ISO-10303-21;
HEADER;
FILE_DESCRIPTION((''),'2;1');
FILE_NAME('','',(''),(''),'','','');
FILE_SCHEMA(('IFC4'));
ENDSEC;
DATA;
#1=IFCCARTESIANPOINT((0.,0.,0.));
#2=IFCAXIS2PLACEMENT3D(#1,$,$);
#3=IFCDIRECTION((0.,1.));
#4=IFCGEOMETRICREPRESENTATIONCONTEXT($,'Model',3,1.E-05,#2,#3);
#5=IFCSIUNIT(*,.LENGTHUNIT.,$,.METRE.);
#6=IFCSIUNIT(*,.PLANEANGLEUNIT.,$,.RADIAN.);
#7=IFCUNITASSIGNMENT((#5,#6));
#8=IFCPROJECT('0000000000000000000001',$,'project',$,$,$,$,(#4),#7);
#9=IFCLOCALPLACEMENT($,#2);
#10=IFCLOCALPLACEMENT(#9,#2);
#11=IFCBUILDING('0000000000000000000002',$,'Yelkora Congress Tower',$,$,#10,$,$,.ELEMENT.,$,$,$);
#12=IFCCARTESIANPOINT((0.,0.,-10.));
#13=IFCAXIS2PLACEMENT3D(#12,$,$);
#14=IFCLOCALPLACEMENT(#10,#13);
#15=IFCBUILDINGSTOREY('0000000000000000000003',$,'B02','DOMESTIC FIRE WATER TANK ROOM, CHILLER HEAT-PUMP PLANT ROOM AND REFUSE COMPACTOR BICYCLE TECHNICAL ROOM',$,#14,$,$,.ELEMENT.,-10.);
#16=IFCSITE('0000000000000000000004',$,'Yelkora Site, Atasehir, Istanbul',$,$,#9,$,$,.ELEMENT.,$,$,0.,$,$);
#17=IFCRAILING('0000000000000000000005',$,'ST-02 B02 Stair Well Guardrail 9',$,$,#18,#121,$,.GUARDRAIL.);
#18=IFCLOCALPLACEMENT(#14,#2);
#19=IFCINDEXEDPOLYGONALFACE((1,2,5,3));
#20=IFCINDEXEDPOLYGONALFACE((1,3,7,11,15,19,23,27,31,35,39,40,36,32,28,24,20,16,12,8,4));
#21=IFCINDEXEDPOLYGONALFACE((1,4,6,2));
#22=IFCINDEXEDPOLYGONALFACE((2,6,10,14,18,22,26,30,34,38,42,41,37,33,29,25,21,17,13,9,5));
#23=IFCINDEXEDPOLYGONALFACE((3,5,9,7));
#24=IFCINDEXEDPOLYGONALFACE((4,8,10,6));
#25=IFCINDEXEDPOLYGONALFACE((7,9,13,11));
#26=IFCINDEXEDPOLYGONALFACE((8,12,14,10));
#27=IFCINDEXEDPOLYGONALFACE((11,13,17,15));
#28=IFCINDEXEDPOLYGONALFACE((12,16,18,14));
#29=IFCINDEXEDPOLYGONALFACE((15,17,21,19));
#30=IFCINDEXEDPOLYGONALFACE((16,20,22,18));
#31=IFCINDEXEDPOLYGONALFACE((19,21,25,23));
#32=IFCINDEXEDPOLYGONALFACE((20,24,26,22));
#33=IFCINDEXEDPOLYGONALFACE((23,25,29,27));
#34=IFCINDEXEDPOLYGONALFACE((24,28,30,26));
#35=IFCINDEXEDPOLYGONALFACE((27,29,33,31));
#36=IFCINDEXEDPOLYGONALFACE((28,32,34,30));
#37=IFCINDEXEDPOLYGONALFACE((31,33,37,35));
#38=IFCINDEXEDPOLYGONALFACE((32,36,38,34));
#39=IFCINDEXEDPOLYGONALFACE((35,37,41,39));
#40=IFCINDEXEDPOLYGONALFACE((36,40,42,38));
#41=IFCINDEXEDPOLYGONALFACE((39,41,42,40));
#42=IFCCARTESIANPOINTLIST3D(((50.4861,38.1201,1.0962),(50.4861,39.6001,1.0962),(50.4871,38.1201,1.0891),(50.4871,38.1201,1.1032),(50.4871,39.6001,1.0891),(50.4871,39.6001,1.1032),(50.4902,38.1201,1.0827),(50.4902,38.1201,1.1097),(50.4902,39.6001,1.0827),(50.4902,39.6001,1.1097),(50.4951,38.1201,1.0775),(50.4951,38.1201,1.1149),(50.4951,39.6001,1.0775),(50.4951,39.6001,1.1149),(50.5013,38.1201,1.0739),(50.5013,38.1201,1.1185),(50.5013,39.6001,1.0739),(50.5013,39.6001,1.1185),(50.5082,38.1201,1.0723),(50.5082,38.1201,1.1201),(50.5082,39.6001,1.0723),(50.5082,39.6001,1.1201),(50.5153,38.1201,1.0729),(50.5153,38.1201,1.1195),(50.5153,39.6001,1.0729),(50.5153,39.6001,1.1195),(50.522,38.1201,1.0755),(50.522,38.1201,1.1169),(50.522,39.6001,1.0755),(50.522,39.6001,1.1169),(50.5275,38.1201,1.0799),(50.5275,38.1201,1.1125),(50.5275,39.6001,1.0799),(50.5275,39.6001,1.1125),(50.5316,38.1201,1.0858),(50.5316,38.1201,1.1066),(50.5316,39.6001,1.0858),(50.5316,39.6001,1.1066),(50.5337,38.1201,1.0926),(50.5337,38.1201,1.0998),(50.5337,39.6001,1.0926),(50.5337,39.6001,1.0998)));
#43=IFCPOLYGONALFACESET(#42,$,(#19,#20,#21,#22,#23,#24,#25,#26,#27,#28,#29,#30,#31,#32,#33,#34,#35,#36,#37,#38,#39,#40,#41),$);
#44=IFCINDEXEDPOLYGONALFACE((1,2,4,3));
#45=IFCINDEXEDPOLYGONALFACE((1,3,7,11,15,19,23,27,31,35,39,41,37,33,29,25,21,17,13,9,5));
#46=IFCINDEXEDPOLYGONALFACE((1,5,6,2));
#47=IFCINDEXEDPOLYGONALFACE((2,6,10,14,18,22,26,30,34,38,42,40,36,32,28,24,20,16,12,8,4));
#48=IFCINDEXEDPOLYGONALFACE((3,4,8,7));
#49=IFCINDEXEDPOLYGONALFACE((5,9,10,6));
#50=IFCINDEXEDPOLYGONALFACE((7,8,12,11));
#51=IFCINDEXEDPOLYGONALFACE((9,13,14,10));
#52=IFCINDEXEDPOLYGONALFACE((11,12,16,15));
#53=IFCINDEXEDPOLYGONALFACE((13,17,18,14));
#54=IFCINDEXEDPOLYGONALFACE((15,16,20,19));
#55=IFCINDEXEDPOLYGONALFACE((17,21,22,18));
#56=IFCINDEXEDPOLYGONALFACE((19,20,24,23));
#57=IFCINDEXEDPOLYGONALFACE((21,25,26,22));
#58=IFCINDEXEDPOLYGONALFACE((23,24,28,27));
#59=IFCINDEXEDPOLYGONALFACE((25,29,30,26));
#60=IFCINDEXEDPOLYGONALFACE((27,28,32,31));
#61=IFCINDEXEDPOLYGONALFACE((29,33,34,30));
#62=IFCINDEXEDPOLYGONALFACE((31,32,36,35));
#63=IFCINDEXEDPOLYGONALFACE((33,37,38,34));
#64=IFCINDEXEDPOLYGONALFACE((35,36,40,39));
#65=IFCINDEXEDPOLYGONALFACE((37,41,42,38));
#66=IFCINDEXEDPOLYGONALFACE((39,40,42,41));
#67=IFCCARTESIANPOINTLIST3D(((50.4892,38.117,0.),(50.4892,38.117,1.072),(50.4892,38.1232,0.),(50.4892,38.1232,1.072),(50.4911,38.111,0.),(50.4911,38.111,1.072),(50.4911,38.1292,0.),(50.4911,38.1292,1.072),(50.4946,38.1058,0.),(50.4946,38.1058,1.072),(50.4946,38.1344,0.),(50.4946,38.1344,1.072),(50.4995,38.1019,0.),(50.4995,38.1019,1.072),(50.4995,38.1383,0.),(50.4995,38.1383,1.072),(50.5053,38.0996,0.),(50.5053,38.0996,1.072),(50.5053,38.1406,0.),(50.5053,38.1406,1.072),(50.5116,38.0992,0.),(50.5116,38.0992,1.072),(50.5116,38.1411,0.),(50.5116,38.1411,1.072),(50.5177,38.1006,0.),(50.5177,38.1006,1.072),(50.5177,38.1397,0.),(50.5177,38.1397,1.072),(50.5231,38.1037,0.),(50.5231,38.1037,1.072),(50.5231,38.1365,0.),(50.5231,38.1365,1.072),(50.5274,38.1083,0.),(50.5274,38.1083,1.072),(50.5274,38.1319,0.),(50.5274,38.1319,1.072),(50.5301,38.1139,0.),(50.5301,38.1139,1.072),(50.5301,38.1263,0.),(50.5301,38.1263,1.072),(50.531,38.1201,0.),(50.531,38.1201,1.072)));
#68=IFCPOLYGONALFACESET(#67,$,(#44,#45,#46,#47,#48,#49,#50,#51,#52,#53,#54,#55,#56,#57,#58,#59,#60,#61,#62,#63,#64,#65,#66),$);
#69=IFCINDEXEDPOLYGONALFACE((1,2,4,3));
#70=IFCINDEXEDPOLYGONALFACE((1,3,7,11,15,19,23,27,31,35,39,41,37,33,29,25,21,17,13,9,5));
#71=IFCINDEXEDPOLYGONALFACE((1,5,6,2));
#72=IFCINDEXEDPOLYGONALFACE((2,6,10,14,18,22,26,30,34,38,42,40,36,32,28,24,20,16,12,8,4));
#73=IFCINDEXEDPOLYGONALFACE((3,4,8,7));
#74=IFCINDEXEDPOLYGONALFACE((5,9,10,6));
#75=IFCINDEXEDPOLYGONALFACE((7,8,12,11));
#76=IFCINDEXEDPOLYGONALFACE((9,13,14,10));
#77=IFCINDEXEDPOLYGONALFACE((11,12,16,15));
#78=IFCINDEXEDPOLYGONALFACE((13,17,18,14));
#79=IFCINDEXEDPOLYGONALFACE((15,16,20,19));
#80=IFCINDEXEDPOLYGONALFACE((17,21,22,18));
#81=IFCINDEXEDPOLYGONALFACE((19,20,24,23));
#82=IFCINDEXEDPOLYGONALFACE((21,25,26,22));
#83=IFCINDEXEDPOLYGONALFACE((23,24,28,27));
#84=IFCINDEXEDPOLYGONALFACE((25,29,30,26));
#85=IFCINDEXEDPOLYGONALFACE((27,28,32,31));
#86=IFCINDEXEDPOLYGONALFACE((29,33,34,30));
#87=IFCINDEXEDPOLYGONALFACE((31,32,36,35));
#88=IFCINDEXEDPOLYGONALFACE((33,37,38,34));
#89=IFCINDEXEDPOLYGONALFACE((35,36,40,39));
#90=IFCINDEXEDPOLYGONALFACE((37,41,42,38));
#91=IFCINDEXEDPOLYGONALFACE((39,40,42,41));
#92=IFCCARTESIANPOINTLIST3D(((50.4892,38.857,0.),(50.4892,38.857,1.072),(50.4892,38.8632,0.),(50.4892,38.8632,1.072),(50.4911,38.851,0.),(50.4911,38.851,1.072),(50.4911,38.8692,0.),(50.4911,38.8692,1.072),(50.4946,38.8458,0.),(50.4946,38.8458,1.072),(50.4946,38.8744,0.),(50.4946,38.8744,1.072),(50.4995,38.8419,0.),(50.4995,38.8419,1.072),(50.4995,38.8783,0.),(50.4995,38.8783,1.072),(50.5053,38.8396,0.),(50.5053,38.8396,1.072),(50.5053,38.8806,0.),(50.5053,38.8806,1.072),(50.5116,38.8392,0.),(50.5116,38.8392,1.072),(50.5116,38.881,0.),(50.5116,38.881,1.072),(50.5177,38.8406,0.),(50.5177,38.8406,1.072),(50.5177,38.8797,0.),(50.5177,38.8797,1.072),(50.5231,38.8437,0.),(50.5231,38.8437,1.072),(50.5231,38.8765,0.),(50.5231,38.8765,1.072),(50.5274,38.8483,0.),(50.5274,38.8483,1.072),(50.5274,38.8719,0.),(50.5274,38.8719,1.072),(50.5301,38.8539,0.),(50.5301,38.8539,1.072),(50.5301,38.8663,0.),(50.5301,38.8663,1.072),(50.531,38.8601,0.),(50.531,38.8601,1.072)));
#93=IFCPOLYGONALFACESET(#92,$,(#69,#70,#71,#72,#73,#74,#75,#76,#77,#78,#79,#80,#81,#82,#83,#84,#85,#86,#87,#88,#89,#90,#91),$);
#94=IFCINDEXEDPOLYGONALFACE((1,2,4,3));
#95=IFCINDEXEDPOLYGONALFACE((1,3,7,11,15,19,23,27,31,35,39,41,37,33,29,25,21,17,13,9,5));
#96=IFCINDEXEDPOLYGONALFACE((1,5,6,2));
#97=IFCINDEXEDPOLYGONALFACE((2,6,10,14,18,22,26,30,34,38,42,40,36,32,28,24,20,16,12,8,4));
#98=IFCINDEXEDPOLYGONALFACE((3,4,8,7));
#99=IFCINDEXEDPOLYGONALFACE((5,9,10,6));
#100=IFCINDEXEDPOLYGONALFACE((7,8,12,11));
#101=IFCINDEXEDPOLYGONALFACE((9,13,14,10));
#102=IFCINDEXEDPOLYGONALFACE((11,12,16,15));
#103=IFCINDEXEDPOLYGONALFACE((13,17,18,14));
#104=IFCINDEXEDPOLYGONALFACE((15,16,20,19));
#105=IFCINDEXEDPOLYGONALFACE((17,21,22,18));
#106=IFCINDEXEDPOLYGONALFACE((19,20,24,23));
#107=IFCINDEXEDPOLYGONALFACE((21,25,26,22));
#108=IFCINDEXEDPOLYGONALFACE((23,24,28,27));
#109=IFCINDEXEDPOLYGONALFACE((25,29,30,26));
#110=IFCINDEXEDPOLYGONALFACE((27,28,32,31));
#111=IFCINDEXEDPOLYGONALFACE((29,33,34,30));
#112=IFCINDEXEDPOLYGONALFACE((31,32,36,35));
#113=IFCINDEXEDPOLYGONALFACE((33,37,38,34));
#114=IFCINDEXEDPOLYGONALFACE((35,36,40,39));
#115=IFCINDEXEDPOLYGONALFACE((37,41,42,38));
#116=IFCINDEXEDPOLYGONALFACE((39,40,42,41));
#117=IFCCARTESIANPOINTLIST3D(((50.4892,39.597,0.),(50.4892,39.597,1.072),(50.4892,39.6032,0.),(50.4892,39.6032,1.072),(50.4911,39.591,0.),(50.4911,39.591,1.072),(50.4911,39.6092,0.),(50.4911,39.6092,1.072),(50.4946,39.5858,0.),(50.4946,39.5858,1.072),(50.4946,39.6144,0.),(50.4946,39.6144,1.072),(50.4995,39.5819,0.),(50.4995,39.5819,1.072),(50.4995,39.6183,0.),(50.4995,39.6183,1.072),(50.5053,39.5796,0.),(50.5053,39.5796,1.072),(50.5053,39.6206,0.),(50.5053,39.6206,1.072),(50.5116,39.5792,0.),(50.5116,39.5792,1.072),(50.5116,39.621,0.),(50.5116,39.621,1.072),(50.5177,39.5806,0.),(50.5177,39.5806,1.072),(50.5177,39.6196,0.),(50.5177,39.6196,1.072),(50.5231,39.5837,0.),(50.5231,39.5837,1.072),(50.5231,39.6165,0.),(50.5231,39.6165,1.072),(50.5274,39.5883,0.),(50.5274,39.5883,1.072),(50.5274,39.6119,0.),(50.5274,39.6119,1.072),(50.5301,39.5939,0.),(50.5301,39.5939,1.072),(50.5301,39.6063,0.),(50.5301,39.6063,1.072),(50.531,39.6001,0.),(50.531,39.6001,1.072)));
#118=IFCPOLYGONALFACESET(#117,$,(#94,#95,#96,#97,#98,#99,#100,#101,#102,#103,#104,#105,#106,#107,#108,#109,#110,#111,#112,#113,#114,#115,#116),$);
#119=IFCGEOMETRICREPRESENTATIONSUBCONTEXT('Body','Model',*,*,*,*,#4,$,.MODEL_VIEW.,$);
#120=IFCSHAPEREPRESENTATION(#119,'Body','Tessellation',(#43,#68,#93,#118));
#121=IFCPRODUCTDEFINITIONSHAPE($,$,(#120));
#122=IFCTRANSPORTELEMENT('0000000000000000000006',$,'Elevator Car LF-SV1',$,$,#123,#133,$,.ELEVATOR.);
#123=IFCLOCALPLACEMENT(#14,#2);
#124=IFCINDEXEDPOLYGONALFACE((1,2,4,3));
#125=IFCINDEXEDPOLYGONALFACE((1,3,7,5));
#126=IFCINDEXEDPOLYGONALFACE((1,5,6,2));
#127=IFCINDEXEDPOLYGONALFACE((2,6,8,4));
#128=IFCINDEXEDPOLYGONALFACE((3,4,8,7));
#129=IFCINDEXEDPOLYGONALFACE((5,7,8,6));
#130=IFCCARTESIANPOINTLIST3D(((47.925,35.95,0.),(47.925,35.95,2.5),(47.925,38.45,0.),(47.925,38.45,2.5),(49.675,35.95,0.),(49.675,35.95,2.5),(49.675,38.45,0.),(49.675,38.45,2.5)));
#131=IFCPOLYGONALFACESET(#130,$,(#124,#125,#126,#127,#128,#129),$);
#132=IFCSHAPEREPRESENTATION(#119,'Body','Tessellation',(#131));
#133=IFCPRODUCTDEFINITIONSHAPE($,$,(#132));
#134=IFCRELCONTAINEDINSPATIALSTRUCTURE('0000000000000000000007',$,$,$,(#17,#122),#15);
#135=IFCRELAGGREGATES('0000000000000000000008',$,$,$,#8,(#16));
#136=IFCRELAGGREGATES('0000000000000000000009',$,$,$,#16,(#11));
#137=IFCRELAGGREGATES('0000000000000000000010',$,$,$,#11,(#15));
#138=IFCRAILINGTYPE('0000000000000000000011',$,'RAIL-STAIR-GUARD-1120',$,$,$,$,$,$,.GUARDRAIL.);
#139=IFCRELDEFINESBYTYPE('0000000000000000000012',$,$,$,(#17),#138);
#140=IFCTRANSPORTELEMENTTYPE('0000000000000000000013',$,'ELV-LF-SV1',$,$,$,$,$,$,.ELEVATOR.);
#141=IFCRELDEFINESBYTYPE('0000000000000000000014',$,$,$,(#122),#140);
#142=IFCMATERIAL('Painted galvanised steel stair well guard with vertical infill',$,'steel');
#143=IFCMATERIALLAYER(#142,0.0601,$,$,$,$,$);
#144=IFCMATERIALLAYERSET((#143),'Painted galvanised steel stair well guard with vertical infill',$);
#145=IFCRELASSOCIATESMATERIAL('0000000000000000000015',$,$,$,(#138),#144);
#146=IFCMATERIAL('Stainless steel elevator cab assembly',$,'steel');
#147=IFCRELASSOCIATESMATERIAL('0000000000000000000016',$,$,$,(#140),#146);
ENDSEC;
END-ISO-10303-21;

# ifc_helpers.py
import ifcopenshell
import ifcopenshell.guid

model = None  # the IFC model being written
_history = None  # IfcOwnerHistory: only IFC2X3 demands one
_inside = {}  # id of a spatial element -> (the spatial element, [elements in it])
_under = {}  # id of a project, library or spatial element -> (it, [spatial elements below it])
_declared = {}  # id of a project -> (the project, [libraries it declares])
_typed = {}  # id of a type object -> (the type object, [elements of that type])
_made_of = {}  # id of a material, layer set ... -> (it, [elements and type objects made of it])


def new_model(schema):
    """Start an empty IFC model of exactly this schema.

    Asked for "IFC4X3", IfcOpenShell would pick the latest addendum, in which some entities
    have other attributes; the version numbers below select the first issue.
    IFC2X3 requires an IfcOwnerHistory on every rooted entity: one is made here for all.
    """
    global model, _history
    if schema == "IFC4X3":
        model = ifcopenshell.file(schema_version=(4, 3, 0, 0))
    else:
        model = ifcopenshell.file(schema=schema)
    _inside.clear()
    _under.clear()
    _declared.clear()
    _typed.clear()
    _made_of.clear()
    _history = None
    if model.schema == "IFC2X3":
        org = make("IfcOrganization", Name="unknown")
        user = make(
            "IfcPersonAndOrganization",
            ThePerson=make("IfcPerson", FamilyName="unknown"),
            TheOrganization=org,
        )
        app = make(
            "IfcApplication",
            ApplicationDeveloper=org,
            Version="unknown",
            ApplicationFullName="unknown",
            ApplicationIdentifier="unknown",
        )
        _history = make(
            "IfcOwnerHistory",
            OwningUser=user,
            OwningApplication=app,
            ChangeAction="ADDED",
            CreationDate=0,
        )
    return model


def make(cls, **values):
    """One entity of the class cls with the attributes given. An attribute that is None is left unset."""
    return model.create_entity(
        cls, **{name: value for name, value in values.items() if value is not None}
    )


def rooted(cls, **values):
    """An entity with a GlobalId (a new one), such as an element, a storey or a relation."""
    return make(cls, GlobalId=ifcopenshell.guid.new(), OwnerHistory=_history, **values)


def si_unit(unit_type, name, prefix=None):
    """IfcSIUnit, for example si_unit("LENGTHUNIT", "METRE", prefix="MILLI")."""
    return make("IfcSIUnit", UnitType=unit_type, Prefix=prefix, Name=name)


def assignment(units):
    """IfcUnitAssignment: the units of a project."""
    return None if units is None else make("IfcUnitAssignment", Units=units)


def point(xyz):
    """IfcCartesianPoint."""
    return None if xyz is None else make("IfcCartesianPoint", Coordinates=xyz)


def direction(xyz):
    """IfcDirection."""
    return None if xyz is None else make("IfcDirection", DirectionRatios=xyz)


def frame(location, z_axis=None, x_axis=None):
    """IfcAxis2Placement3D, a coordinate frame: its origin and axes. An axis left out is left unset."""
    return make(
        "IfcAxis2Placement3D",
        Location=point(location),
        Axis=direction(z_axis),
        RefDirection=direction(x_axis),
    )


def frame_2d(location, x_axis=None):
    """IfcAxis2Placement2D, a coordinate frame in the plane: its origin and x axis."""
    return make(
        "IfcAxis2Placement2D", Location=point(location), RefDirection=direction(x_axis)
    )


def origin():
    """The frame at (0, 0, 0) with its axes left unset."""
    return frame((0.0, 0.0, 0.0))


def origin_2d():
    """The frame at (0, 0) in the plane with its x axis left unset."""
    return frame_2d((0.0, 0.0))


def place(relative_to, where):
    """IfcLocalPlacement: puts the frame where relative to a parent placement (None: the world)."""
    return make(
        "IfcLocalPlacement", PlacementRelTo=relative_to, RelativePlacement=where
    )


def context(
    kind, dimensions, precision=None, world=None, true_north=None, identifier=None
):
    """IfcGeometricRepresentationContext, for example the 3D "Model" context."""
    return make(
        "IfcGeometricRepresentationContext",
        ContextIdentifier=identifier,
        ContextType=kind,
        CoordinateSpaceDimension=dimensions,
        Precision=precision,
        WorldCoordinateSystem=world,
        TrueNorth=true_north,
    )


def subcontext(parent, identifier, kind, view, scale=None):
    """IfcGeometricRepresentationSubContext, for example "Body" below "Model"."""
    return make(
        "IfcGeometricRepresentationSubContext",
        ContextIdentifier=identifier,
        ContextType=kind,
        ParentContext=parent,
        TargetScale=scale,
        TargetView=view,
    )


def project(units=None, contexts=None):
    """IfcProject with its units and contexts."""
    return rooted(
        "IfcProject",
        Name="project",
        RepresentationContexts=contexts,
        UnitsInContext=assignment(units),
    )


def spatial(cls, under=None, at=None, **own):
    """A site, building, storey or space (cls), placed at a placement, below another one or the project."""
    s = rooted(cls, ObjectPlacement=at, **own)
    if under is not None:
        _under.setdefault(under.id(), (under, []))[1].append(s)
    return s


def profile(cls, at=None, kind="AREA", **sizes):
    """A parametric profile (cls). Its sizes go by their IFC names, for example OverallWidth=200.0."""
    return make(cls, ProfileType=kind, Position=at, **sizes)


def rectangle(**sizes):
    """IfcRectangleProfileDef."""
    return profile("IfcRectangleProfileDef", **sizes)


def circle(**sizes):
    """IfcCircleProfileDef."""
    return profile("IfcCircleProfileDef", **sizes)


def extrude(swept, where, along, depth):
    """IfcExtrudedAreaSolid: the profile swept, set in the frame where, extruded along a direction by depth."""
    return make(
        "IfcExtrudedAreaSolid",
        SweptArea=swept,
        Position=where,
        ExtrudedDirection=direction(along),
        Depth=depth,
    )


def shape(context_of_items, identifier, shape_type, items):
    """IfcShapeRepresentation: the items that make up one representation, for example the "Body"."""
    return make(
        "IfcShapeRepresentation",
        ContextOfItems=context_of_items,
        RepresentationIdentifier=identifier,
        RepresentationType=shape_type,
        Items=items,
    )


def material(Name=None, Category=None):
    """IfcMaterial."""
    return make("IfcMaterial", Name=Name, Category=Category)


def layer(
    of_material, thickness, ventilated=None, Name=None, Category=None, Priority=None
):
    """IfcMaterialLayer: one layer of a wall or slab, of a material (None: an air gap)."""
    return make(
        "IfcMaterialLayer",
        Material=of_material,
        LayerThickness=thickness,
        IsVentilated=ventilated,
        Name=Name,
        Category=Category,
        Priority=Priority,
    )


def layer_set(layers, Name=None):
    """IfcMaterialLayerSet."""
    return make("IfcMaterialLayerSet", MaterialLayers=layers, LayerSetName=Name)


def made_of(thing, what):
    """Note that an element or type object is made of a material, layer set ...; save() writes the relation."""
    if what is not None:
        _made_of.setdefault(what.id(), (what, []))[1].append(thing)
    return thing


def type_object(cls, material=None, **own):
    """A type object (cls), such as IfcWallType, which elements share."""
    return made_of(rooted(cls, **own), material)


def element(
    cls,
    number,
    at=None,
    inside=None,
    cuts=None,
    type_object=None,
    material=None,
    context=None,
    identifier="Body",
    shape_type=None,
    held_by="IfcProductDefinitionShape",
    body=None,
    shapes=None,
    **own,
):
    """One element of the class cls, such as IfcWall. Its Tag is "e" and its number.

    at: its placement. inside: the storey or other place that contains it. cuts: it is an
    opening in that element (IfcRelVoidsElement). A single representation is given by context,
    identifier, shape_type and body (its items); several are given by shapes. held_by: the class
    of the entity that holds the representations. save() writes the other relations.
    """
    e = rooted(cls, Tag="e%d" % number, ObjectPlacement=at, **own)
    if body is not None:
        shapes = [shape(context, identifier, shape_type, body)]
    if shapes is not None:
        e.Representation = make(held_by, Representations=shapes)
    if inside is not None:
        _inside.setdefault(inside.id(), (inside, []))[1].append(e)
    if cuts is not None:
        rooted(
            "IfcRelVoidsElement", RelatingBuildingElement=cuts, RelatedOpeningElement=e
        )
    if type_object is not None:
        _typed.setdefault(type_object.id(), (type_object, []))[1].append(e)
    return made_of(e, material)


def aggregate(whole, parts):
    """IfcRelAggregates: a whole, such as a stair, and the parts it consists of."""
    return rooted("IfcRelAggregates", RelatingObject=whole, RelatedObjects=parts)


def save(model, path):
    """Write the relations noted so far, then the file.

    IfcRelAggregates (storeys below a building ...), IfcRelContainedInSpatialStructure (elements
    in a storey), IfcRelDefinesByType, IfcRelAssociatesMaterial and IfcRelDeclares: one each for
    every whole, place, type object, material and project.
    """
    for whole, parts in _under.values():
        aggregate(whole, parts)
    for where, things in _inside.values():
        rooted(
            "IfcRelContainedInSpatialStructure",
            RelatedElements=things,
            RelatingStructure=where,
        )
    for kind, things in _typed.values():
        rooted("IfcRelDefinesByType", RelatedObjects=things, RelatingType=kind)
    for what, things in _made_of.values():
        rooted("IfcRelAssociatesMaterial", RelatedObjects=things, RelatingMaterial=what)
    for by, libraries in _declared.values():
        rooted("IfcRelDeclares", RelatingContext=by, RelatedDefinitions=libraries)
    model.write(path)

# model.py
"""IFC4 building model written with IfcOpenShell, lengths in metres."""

from ifc_helpers import new_model, si_unit, direction, frame, origin, origin_2d, place, context, subcontext, project, spatial, rectangle, circle, extrude, material, layer, layer_set, type_object, element, save


model = new_model("IFC4")

# Units and contexts
model_context = context("Model", 3, precision=1e-05, world=origin(), true_north=direction((0.0, 1.0)))
body_context = subcontext(model_context, "Body", "Model", "MODEL_VIEW")
ifc_project = project(units=[si_unit("LENGTHUNIT", "METRE"), si_unit("PLANEANGLEUNIT", "RADIAN")], contexts=[model_context])

# Site, building, storey
site_placement = place(None, origin())
site = spatial("IfcSite", under=ifc_project, at=site_placement, Name="Yelkora Site, Atasehir, Istanbul", CompositionType="ELEMENT", RefElevation=0.0)
building_placement = place(site_placement, origin())
building = spatial("IfcBuilding", under=site, at=building_placement, Name="Yelkora Congress Tower", CompositionType="ELEMENT")
storey_placement = place(building_placement, frame((0.0, 0.0, -10.0)))
storey = spatial("IfcBuildingStorey", under=building, at=storey_placement, Name="B02", Description="DOMESTIC FIRE WATER TANK ROOM, CHILLER HEAT-PUMP PLANT ROOM AND REFUSE COMPACTOR BICYCLE TECHNICAL ROOM", CompositionType="ELEMENT", Elevation=-10.0)

# Railing
ifc_material_1 = material(Name="Painted galvanised steel stair well guard with vertical infill", Category="steel")
ifc_layer_1 = layer(ifc_material_1, 0.0601)
ifc_layer_set_1 = layer_set([ifc_layer_1], Name="Painted galvanised steel stair well guard with vertical infill")
railing_type = type_object("IfcRailingType", Name="RAIL-STAIR-GUARD-1120", PredefinedType="GUARDRAIL", material=ifc_layer_set_1)
railing_placement = place(storey_placement, frame((50.51, 38.1201, 0.0)))
element("IfcRailing", 1, at=railing_placement, inside=storey, type_object=railing_type, Name="ST-02 B02 Stair Well Guardrail 9", PredefinedType="GUARDRAIL", context=body_context, shape_type="SweptSolid", body=[
    extrude(circle(Radius=0.0239, at=origin_2d()), frame((0.0, 0.0, 1.0962), z_axis=(0.0, 1.0, 0.0), x_axis=(-1.0, 0.0, 0.0)), (0.0, 0.0, 1.0), 1.48),
    extrude(circle(Radius=0.021, at=origin_2d()), origin(), (0.0, 0.0, 1.0), 1.072),
    extrude(circle(Radius=0.021, at=origin_2d()), frame((0.0, 0.74, 0.0)), (0.0, 0.0, 1.0), 1.072),
    extrude(circle(Radius=0.021, at=origin_2d()), frame((0.0, 1.48, 0.0)), (0.0, 0.0, 1.0), 1.072),
])

# Transport element
ifc_material_2 = material(Name="Stainless steel elevator cab assembly", Category="steel")
transport_element_type = type_object("IfcTransportElementType", Name="ELV-LF-SV1", PredefinedType="ELEVATOR", material=ifc_material_2)
transport_element_placement = place(storey_placement, frame((48.8, 37.2, 0.0), z_axis=(0.0, 0.0, 1.0), x_axis=(1.0, 0.0, 0.0)))
element("IfcTransportElement", 2, at=transport_element_placement, inside=storey, type_object=transport_element_type, Name="Elevator Car LF-SV1", PredefinedType="ELEVATOR", context=body_context, shape_type="SweptSolid", body=[
    extrude(rectangle(XDim=1.75, YDim=2.5, at=origin_2d()), origin(), (0.0, 0.0, 1.0), 2.5),
])

save(model, "model.ifc")
